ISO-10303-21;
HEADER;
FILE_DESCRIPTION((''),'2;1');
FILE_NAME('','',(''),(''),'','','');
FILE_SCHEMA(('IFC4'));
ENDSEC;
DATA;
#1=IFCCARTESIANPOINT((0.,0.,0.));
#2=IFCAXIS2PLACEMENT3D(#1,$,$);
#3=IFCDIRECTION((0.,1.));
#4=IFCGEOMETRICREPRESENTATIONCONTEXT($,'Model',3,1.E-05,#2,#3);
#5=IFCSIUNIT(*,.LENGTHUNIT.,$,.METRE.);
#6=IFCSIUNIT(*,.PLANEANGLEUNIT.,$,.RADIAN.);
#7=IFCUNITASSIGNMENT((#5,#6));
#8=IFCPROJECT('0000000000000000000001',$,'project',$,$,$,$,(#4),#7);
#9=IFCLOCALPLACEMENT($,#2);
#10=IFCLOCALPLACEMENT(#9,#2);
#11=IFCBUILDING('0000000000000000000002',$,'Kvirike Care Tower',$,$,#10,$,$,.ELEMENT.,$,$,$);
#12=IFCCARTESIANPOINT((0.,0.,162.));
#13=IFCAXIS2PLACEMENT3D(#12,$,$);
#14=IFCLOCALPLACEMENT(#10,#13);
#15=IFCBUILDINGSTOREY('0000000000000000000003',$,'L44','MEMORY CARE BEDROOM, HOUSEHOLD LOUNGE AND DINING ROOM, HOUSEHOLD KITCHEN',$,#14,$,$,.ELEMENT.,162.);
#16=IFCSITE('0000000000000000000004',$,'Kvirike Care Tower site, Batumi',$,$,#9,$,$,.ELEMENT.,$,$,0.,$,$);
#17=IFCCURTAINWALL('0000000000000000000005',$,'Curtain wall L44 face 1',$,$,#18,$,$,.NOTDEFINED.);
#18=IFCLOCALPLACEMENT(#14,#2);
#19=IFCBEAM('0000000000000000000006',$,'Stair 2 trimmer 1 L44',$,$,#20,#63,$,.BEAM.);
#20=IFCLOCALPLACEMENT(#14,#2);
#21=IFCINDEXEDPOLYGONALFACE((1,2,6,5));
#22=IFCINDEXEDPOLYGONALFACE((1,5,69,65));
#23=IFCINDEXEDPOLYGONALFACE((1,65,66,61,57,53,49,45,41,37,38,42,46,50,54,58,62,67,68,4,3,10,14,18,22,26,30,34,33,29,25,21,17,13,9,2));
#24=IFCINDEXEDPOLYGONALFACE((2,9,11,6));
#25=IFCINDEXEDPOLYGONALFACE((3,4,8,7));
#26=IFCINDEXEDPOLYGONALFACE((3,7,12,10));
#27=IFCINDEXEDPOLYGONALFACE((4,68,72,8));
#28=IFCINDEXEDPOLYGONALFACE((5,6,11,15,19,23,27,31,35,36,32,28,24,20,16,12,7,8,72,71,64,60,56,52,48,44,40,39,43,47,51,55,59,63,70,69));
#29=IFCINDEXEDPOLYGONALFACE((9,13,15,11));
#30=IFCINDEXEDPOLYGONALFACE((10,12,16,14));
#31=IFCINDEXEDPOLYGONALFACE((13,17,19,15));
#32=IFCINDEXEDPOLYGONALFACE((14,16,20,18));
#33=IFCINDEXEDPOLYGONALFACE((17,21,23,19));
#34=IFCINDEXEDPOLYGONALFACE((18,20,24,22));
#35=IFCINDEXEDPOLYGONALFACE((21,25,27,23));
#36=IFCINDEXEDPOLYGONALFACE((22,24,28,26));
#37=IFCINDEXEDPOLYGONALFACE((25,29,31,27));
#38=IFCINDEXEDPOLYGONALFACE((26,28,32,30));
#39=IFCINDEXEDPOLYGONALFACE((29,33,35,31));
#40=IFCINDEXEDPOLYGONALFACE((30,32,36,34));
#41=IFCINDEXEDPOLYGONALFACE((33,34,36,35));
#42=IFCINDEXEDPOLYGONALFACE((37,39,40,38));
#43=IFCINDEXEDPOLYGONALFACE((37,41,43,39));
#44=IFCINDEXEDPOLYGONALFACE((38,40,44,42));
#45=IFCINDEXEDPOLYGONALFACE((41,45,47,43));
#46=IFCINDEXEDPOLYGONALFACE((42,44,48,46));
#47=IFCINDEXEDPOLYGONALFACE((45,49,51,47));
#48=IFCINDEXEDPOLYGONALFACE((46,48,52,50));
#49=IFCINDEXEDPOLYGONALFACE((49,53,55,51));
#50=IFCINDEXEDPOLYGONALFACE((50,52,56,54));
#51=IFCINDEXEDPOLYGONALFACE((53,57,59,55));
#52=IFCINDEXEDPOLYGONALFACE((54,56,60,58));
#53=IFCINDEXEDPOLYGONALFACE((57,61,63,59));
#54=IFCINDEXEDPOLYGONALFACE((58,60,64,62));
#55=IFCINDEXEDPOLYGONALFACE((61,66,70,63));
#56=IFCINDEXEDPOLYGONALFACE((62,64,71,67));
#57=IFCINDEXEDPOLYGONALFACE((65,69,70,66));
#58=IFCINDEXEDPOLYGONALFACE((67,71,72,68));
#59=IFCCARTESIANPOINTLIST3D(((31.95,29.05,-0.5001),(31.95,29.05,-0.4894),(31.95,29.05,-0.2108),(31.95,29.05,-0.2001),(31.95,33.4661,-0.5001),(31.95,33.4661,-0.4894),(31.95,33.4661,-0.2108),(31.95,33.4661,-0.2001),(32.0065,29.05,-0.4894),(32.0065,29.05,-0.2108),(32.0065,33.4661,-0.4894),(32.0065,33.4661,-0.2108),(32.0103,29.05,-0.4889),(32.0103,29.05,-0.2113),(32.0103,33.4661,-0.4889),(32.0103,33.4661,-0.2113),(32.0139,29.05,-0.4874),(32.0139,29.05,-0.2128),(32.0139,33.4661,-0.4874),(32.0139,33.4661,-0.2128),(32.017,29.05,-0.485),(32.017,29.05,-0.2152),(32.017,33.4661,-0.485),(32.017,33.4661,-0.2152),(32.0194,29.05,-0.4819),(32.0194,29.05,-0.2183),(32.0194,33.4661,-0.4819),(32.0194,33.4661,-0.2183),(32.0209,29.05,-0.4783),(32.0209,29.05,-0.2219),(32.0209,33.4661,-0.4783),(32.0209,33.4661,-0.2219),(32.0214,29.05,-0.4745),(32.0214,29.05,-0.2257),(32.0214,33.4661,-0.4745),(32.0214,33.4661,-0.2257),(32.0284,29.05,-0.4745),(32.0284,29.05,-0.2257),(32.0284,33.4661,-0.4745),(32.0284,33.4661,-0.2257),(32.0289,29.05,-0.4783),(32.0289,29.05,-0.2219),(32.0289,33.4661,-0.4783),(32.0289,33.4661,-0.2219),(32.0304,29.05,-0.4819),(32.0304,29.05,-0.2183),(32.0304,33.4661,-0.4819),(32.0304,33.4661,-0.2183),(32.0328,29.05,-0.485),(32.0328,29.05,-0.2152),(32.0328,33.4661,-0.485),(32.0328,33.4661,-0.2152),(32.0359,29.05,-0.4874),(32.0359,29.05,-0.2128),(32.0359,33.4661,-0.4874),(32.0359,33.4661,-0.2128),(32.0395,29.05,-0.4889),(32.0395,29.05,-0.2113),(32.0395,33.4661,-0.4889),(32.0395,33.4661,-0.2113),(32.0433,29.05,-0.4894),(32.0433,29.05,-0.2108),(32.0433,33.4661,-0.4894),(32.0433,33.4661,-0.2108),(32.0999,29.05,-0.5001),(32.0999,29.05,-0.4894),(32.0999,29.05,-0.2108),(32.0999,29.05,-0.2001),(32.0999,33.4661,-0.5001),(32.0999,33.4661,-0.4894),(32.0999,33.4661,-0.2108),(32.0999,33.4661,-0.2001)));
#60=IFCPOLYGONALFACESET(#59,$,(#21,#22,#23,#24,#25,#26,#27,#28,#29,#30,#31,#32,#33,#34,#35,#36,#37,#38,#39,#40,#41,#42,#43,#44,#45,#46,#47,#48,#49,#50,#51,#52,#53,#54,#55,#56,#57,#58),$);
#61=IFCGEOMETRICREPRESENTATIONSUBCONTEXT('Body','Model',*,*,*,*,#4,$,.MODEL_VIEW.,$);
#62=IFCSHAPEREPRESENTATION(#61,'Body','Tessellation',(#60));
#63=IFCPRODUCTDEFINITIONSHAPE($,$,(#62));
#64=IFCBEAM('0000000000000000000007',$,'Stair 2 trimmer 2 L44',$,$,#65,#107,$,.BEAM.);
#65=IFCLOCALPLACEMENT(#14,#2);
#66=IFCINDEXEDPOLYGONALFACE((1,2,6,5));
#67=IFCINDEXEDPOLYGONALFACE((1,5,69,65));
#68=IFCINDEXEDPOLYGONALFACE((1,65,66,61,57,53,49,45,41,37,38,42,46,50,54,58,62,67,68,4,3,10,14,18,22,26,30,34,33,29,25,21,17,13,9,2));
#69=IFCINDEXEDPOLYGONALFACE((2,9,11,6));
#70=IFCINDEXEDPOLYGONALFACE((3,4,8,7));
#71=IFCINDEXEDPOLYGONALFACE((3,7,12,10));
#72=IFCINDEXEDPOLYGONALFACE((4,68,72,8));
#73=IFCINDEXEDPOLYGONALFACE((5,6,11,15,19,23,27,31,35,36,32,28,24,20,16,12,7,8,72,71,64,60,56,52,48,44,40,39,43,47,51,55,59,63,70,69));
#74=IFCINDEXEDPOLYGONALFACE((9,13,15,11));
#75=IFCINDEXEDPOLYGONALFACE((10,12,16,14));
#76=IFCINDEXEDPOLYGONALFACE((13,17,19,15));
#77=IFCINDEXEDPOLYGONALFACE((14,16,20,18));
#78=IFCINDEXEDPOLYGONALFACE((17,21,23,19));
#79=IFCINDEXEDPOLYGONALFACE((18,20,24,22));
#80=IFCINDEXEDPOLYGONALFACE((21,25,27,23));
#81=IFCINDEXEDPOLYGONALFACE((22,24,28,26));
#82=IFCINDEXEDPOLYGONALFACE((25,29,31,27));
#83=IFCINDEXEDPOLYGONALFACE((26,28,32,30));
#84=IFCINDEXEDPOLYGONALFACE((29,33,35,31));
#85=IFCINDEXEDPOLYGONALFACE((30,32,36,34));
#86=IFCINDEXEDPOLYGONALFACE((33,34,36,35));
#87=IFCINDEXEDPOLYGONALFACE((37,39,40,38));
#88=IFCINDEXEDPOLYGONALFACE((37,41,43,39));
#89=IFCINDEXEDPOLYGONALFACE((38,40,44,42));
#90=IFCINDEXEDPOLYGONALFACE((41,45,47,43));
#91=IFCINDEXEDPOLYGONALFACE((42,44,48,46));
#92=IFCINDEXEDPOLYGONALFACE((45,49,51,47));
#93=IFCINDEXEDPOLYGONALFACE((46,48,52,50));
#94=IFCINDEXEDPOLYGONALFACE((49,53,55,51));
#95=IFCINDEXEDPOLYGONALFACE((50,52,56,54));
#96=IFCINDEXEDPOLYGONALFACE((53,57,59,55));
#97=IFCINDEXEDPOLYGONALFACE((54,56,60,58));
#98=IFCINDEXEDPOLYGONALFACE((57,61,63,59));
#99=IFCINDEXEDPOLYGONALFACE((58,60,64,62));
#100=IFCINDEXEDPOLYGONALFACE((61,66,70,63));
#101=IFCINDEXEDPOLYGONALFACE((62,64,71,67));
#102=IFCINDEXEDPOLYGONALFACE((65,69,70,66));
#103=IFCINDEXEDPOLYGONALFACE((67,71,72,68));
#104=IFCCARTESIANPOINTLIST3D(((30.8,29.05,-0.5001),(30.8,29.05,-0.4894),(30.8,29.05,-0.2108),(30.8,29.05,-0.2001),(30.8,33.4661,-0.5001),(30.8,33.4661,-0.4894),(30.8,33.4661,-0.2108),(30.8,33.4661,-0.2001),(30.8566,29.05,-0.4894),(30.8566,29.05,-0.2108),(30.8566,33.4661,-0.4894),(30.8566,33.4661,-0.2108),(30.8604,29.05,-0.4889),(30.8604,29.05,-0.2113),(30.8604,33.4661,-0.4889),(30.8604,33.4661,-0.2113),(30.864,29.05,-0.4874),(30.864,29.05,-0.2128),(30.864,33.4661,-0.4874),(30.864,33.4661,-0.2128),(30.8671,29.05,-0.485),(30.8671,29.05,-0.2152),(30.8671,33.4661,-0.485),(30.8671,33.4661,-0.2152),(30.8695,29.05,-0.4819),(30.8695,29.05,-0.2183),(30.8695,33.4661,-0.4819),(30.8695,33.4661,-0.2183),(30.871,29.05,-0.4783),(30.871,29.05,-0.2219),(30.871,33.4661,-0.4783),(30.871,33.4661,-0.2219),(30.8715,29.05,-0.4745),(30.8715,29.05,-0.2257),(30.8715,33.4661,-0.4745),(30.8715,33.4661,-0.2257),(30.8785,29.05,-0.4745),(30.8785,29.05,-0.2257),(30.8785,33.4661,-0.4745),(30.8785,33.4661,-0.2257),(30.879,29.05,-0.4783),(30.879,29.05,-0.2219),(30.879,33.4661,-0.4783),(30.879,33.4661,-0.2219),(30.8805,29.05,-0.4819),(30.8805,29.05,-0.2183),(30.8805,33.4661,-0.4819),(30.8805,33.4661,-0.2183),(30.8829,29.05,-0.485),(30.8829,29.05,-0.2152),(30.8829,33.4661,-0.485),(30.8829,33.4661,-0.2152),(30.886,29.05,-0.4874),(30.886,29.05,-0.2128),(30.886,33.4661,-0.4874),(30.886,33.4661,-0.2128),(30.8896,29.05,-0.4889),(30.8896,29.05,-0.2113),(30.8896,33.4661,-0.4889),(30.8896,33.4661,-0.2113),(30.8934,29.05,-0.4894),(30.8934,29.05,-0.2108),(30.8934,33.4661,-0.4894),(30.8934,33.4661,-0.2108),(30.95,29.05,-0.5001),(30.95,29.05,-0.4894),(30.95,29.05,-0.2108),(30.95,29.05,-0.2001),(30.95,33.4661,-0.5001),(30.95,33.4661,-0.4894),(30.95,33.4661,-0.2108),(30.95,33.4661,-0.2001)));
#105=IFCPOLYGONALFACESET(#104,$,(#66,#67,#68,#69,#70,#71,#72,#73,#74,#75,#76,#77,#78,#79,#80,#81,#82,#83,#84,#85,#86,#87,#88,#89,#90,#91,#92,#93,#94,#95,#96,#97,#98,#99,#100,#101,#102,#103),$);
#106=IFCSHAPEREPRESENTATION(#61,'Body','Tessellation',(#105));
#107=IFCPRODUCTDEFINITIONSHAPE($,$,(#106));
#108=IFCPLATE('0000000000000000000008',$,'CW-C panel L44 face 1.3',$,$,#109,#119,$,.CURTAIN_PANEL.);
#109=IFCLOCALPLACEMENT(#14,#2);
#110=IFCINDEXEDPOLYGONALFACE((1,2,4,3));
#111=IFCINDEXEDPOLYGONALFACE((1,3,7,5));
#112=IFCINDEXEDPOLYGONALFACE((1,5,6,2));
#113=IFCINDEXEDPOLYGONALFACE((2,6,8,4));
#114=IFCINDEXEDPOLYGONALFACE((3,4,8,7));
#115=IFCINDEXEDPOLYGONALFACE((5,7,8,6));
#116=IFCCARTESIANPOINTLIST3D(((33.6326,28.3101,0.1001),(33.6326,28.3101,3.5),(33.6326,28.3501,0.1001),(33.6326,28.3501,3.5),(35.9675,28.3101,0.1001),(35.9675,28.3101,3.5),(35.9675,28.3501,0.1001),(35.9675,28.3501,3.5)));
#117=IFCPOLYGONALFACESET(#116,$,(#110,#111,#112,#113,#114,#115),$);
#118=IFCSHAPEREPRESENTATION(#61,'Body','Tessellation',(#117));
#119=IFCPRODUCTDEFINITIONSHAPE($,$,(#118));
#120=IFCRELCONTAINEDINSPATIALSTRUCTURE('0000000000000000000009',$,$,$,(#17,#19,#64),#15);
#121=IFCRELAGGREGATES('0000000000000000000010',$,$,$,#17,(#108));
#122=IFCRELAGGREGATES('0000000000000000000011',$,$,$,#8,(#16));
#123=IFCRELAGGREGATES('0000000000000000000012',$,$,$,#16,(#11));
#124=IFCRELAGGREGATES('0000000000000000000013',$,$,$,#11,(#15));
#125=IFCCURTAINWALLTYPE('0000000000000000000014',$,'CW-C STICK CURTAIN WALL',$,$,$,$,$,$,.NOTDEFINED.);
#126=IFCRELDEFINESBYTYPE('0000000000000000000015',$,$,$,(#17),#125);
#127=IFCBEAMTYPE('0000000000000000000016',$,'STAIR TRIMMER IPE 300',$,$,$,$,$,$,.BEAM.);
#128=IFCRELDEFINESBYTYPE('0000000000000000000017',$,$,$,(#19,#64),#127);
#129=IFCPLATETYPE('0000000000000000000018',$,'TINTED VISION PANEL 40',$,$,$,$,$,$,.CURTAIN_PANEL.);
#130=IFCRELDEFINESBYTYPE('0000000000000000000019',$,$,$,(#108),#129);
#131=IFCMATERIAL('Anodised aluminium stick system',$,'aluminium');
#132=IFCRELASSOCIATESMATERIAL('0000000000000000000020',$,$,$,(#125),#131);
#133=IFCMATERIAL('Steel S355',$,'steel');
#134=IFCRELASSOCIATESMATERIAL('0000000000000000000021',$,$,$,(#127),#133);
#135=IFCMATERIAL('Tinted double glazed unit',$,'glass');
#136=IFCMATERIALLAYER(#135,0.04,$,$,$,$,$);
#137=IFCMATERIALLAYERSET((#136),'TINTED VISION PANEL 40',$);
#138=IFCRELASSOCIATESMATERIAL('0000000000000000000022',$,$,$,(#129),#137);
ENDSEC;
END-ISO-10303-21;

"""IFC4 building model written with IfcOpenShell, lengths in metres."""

from ifc_helpers import new_model, si_unit, direction, frame, origin, origin_2d, place, context, subcontext, project, spatial, rectangle, i_section, extrude, material, layer, layer_set, material_profile, profile_set, type_object, element, aggregate, save


model = new_model("IFC4")

# Units and contexts
model_context = context("Model", 3, precision=1e-05, world=origin(), true_north=direction((0.0, 1.0)))
body_context = subcontext(model_context, "Body", "Model", "MODEL_VIEW")
ifc_project = project(units=[si_unit("LENGTHUNIT", "METRE"), si_unit("PLANEANGLEUNIT", "RADIAN")], contexts=[model_context])

# Site, building, storey
site_placement = place(None, origin())
site = spatial("IfcSite", under=ifc_project, at=site_placement, Name="Kvirike Care Tower site, Batumi", CompositionType="ELEMENT", RefElevation=0.0)
building_placement = place(site_placement, origin())
building = spatial("IfcBuilding", under=site, at=building_placement, Name="Kvirike Care Tower", CompositionType="ELEMENT")
storey_placement = place(building_placement, frame((0.0, 0.0, 162.0)))
storey = spatial("IfcBuildingStorey", under=building, at=storey_placement, Name="L44", Description="MEMORY CARE BEDROOM, HOUSEHOLD LOUNGE AND DINING ROOM, HOUSEHOLD KITCHEN", CompositionType="ELEMENT", Elevation=162.0)

# Curtain wall
ifc_material_1 = material(Name="Anodised aluminium stick system", Category="aluminium")
curtain_wall_type = type_object("IfcCurtainWallType", Name="CW-C STICK CURTAIN WALL", PredefinedType="NOTDEFINED", material=ifc_material_1)
curtain_wall_placement = place(storey_placement, origin())
curtain_wall = element("IfcCurtainWall", 1, at=curtain_wall_placement, inside=storey, type_object=curtain_wall_type, Name="Curtain wall L44 face 1", PredefinedType="NOTDEFINED")

# Beams
ifc_material_2 = material(Name="Steel S355", Category="steel")
ifc_material_profile_1 = material_profile(ifc_material_2, i_section(OverallWidth=0.1499, OverallDepth=0.3, WebThickness=0.0071, FlangeThickness=0.0107, FilletRadius=0.0149, at=origin_2d()), Name="IPE 300")
ifc_profile_set_1 = profile_set([ifc_material_profile_1], Name="Steel S355")
beam_type_1 = type_object("IfcBeamType", Name="STAIR TRIMMER IPE 300", PredefinedType="BEAM", material=ifc_profile_set_1)
for number, where, z_axis, x_axis, name in (
    (2, (32.0249, 29.05, -0.3501), (0.0, 1.0, 0.0), (-1.0, 0.0, 0.0), "Stair 2 trimmer 1 L44"),
    (3, (30.875, 29.05, -0.3501), (0.0, 1.0, 0.0), (-1.0, 0.0, 0.0), "Stair 2 trimmer 2 L44"),
):
    element("IfcBeam", number, at=place(storey_placement, frame(where, z_axis=z_axis, x_axis=x_axis)), inside=storey, type_object=beam_type_1, Name=name, PredefinedType="BEAM", context=body_context, shape_type="SweptSolid", body=[
        extrude(i_section(OverallWidth=0.1499, OverallDepth=0.3, WebThickness=0.0071, FlangeThickness=0.0107, FilletRadius=0.0149, at=origin_2d()), origin(), (0.0, 0.0, 1.0), 4.416),
    ])

# Plate
ifc_material_3 = material(Name="Tinted double glazed unit", Category="glass")
ifc_layer_1 = layer(ifc_material_3, 0.04)
ifc_layer_set_1 = layer_set([ifc_layer_1], Name="TINTED VISION PANEL 40")
plate_type = type_object("IfcPlateType", Name="TINTED VISION PANEL 40", PredefinedType="CURTAIN_PANEL", material=ifc_layer_set_1)
plate_placement = place(storey_placement, frame((34.8, 28.3301, 0.1001), z_axis=(0.0, 0.0, 1.0), x_axis=(1.0, 0.0, 0.0)))
plate = element("IfcPlate", 4, at=plate_placement, type_object=plate_type, Name="CW-C panel L44 face 1.3", PredefinedType="CURTAIN_PANEL", context=body_context, shape_type="SweptSolid", body=[
    extrude(rectangle(XDim=2.335, YDim=0.04, at=origin_2d()), origin(), (0.0, 0.0, 1.0), 3.3999),
])
aggregate(curtain_wall, [plate])

save(model, "model.ifc")
